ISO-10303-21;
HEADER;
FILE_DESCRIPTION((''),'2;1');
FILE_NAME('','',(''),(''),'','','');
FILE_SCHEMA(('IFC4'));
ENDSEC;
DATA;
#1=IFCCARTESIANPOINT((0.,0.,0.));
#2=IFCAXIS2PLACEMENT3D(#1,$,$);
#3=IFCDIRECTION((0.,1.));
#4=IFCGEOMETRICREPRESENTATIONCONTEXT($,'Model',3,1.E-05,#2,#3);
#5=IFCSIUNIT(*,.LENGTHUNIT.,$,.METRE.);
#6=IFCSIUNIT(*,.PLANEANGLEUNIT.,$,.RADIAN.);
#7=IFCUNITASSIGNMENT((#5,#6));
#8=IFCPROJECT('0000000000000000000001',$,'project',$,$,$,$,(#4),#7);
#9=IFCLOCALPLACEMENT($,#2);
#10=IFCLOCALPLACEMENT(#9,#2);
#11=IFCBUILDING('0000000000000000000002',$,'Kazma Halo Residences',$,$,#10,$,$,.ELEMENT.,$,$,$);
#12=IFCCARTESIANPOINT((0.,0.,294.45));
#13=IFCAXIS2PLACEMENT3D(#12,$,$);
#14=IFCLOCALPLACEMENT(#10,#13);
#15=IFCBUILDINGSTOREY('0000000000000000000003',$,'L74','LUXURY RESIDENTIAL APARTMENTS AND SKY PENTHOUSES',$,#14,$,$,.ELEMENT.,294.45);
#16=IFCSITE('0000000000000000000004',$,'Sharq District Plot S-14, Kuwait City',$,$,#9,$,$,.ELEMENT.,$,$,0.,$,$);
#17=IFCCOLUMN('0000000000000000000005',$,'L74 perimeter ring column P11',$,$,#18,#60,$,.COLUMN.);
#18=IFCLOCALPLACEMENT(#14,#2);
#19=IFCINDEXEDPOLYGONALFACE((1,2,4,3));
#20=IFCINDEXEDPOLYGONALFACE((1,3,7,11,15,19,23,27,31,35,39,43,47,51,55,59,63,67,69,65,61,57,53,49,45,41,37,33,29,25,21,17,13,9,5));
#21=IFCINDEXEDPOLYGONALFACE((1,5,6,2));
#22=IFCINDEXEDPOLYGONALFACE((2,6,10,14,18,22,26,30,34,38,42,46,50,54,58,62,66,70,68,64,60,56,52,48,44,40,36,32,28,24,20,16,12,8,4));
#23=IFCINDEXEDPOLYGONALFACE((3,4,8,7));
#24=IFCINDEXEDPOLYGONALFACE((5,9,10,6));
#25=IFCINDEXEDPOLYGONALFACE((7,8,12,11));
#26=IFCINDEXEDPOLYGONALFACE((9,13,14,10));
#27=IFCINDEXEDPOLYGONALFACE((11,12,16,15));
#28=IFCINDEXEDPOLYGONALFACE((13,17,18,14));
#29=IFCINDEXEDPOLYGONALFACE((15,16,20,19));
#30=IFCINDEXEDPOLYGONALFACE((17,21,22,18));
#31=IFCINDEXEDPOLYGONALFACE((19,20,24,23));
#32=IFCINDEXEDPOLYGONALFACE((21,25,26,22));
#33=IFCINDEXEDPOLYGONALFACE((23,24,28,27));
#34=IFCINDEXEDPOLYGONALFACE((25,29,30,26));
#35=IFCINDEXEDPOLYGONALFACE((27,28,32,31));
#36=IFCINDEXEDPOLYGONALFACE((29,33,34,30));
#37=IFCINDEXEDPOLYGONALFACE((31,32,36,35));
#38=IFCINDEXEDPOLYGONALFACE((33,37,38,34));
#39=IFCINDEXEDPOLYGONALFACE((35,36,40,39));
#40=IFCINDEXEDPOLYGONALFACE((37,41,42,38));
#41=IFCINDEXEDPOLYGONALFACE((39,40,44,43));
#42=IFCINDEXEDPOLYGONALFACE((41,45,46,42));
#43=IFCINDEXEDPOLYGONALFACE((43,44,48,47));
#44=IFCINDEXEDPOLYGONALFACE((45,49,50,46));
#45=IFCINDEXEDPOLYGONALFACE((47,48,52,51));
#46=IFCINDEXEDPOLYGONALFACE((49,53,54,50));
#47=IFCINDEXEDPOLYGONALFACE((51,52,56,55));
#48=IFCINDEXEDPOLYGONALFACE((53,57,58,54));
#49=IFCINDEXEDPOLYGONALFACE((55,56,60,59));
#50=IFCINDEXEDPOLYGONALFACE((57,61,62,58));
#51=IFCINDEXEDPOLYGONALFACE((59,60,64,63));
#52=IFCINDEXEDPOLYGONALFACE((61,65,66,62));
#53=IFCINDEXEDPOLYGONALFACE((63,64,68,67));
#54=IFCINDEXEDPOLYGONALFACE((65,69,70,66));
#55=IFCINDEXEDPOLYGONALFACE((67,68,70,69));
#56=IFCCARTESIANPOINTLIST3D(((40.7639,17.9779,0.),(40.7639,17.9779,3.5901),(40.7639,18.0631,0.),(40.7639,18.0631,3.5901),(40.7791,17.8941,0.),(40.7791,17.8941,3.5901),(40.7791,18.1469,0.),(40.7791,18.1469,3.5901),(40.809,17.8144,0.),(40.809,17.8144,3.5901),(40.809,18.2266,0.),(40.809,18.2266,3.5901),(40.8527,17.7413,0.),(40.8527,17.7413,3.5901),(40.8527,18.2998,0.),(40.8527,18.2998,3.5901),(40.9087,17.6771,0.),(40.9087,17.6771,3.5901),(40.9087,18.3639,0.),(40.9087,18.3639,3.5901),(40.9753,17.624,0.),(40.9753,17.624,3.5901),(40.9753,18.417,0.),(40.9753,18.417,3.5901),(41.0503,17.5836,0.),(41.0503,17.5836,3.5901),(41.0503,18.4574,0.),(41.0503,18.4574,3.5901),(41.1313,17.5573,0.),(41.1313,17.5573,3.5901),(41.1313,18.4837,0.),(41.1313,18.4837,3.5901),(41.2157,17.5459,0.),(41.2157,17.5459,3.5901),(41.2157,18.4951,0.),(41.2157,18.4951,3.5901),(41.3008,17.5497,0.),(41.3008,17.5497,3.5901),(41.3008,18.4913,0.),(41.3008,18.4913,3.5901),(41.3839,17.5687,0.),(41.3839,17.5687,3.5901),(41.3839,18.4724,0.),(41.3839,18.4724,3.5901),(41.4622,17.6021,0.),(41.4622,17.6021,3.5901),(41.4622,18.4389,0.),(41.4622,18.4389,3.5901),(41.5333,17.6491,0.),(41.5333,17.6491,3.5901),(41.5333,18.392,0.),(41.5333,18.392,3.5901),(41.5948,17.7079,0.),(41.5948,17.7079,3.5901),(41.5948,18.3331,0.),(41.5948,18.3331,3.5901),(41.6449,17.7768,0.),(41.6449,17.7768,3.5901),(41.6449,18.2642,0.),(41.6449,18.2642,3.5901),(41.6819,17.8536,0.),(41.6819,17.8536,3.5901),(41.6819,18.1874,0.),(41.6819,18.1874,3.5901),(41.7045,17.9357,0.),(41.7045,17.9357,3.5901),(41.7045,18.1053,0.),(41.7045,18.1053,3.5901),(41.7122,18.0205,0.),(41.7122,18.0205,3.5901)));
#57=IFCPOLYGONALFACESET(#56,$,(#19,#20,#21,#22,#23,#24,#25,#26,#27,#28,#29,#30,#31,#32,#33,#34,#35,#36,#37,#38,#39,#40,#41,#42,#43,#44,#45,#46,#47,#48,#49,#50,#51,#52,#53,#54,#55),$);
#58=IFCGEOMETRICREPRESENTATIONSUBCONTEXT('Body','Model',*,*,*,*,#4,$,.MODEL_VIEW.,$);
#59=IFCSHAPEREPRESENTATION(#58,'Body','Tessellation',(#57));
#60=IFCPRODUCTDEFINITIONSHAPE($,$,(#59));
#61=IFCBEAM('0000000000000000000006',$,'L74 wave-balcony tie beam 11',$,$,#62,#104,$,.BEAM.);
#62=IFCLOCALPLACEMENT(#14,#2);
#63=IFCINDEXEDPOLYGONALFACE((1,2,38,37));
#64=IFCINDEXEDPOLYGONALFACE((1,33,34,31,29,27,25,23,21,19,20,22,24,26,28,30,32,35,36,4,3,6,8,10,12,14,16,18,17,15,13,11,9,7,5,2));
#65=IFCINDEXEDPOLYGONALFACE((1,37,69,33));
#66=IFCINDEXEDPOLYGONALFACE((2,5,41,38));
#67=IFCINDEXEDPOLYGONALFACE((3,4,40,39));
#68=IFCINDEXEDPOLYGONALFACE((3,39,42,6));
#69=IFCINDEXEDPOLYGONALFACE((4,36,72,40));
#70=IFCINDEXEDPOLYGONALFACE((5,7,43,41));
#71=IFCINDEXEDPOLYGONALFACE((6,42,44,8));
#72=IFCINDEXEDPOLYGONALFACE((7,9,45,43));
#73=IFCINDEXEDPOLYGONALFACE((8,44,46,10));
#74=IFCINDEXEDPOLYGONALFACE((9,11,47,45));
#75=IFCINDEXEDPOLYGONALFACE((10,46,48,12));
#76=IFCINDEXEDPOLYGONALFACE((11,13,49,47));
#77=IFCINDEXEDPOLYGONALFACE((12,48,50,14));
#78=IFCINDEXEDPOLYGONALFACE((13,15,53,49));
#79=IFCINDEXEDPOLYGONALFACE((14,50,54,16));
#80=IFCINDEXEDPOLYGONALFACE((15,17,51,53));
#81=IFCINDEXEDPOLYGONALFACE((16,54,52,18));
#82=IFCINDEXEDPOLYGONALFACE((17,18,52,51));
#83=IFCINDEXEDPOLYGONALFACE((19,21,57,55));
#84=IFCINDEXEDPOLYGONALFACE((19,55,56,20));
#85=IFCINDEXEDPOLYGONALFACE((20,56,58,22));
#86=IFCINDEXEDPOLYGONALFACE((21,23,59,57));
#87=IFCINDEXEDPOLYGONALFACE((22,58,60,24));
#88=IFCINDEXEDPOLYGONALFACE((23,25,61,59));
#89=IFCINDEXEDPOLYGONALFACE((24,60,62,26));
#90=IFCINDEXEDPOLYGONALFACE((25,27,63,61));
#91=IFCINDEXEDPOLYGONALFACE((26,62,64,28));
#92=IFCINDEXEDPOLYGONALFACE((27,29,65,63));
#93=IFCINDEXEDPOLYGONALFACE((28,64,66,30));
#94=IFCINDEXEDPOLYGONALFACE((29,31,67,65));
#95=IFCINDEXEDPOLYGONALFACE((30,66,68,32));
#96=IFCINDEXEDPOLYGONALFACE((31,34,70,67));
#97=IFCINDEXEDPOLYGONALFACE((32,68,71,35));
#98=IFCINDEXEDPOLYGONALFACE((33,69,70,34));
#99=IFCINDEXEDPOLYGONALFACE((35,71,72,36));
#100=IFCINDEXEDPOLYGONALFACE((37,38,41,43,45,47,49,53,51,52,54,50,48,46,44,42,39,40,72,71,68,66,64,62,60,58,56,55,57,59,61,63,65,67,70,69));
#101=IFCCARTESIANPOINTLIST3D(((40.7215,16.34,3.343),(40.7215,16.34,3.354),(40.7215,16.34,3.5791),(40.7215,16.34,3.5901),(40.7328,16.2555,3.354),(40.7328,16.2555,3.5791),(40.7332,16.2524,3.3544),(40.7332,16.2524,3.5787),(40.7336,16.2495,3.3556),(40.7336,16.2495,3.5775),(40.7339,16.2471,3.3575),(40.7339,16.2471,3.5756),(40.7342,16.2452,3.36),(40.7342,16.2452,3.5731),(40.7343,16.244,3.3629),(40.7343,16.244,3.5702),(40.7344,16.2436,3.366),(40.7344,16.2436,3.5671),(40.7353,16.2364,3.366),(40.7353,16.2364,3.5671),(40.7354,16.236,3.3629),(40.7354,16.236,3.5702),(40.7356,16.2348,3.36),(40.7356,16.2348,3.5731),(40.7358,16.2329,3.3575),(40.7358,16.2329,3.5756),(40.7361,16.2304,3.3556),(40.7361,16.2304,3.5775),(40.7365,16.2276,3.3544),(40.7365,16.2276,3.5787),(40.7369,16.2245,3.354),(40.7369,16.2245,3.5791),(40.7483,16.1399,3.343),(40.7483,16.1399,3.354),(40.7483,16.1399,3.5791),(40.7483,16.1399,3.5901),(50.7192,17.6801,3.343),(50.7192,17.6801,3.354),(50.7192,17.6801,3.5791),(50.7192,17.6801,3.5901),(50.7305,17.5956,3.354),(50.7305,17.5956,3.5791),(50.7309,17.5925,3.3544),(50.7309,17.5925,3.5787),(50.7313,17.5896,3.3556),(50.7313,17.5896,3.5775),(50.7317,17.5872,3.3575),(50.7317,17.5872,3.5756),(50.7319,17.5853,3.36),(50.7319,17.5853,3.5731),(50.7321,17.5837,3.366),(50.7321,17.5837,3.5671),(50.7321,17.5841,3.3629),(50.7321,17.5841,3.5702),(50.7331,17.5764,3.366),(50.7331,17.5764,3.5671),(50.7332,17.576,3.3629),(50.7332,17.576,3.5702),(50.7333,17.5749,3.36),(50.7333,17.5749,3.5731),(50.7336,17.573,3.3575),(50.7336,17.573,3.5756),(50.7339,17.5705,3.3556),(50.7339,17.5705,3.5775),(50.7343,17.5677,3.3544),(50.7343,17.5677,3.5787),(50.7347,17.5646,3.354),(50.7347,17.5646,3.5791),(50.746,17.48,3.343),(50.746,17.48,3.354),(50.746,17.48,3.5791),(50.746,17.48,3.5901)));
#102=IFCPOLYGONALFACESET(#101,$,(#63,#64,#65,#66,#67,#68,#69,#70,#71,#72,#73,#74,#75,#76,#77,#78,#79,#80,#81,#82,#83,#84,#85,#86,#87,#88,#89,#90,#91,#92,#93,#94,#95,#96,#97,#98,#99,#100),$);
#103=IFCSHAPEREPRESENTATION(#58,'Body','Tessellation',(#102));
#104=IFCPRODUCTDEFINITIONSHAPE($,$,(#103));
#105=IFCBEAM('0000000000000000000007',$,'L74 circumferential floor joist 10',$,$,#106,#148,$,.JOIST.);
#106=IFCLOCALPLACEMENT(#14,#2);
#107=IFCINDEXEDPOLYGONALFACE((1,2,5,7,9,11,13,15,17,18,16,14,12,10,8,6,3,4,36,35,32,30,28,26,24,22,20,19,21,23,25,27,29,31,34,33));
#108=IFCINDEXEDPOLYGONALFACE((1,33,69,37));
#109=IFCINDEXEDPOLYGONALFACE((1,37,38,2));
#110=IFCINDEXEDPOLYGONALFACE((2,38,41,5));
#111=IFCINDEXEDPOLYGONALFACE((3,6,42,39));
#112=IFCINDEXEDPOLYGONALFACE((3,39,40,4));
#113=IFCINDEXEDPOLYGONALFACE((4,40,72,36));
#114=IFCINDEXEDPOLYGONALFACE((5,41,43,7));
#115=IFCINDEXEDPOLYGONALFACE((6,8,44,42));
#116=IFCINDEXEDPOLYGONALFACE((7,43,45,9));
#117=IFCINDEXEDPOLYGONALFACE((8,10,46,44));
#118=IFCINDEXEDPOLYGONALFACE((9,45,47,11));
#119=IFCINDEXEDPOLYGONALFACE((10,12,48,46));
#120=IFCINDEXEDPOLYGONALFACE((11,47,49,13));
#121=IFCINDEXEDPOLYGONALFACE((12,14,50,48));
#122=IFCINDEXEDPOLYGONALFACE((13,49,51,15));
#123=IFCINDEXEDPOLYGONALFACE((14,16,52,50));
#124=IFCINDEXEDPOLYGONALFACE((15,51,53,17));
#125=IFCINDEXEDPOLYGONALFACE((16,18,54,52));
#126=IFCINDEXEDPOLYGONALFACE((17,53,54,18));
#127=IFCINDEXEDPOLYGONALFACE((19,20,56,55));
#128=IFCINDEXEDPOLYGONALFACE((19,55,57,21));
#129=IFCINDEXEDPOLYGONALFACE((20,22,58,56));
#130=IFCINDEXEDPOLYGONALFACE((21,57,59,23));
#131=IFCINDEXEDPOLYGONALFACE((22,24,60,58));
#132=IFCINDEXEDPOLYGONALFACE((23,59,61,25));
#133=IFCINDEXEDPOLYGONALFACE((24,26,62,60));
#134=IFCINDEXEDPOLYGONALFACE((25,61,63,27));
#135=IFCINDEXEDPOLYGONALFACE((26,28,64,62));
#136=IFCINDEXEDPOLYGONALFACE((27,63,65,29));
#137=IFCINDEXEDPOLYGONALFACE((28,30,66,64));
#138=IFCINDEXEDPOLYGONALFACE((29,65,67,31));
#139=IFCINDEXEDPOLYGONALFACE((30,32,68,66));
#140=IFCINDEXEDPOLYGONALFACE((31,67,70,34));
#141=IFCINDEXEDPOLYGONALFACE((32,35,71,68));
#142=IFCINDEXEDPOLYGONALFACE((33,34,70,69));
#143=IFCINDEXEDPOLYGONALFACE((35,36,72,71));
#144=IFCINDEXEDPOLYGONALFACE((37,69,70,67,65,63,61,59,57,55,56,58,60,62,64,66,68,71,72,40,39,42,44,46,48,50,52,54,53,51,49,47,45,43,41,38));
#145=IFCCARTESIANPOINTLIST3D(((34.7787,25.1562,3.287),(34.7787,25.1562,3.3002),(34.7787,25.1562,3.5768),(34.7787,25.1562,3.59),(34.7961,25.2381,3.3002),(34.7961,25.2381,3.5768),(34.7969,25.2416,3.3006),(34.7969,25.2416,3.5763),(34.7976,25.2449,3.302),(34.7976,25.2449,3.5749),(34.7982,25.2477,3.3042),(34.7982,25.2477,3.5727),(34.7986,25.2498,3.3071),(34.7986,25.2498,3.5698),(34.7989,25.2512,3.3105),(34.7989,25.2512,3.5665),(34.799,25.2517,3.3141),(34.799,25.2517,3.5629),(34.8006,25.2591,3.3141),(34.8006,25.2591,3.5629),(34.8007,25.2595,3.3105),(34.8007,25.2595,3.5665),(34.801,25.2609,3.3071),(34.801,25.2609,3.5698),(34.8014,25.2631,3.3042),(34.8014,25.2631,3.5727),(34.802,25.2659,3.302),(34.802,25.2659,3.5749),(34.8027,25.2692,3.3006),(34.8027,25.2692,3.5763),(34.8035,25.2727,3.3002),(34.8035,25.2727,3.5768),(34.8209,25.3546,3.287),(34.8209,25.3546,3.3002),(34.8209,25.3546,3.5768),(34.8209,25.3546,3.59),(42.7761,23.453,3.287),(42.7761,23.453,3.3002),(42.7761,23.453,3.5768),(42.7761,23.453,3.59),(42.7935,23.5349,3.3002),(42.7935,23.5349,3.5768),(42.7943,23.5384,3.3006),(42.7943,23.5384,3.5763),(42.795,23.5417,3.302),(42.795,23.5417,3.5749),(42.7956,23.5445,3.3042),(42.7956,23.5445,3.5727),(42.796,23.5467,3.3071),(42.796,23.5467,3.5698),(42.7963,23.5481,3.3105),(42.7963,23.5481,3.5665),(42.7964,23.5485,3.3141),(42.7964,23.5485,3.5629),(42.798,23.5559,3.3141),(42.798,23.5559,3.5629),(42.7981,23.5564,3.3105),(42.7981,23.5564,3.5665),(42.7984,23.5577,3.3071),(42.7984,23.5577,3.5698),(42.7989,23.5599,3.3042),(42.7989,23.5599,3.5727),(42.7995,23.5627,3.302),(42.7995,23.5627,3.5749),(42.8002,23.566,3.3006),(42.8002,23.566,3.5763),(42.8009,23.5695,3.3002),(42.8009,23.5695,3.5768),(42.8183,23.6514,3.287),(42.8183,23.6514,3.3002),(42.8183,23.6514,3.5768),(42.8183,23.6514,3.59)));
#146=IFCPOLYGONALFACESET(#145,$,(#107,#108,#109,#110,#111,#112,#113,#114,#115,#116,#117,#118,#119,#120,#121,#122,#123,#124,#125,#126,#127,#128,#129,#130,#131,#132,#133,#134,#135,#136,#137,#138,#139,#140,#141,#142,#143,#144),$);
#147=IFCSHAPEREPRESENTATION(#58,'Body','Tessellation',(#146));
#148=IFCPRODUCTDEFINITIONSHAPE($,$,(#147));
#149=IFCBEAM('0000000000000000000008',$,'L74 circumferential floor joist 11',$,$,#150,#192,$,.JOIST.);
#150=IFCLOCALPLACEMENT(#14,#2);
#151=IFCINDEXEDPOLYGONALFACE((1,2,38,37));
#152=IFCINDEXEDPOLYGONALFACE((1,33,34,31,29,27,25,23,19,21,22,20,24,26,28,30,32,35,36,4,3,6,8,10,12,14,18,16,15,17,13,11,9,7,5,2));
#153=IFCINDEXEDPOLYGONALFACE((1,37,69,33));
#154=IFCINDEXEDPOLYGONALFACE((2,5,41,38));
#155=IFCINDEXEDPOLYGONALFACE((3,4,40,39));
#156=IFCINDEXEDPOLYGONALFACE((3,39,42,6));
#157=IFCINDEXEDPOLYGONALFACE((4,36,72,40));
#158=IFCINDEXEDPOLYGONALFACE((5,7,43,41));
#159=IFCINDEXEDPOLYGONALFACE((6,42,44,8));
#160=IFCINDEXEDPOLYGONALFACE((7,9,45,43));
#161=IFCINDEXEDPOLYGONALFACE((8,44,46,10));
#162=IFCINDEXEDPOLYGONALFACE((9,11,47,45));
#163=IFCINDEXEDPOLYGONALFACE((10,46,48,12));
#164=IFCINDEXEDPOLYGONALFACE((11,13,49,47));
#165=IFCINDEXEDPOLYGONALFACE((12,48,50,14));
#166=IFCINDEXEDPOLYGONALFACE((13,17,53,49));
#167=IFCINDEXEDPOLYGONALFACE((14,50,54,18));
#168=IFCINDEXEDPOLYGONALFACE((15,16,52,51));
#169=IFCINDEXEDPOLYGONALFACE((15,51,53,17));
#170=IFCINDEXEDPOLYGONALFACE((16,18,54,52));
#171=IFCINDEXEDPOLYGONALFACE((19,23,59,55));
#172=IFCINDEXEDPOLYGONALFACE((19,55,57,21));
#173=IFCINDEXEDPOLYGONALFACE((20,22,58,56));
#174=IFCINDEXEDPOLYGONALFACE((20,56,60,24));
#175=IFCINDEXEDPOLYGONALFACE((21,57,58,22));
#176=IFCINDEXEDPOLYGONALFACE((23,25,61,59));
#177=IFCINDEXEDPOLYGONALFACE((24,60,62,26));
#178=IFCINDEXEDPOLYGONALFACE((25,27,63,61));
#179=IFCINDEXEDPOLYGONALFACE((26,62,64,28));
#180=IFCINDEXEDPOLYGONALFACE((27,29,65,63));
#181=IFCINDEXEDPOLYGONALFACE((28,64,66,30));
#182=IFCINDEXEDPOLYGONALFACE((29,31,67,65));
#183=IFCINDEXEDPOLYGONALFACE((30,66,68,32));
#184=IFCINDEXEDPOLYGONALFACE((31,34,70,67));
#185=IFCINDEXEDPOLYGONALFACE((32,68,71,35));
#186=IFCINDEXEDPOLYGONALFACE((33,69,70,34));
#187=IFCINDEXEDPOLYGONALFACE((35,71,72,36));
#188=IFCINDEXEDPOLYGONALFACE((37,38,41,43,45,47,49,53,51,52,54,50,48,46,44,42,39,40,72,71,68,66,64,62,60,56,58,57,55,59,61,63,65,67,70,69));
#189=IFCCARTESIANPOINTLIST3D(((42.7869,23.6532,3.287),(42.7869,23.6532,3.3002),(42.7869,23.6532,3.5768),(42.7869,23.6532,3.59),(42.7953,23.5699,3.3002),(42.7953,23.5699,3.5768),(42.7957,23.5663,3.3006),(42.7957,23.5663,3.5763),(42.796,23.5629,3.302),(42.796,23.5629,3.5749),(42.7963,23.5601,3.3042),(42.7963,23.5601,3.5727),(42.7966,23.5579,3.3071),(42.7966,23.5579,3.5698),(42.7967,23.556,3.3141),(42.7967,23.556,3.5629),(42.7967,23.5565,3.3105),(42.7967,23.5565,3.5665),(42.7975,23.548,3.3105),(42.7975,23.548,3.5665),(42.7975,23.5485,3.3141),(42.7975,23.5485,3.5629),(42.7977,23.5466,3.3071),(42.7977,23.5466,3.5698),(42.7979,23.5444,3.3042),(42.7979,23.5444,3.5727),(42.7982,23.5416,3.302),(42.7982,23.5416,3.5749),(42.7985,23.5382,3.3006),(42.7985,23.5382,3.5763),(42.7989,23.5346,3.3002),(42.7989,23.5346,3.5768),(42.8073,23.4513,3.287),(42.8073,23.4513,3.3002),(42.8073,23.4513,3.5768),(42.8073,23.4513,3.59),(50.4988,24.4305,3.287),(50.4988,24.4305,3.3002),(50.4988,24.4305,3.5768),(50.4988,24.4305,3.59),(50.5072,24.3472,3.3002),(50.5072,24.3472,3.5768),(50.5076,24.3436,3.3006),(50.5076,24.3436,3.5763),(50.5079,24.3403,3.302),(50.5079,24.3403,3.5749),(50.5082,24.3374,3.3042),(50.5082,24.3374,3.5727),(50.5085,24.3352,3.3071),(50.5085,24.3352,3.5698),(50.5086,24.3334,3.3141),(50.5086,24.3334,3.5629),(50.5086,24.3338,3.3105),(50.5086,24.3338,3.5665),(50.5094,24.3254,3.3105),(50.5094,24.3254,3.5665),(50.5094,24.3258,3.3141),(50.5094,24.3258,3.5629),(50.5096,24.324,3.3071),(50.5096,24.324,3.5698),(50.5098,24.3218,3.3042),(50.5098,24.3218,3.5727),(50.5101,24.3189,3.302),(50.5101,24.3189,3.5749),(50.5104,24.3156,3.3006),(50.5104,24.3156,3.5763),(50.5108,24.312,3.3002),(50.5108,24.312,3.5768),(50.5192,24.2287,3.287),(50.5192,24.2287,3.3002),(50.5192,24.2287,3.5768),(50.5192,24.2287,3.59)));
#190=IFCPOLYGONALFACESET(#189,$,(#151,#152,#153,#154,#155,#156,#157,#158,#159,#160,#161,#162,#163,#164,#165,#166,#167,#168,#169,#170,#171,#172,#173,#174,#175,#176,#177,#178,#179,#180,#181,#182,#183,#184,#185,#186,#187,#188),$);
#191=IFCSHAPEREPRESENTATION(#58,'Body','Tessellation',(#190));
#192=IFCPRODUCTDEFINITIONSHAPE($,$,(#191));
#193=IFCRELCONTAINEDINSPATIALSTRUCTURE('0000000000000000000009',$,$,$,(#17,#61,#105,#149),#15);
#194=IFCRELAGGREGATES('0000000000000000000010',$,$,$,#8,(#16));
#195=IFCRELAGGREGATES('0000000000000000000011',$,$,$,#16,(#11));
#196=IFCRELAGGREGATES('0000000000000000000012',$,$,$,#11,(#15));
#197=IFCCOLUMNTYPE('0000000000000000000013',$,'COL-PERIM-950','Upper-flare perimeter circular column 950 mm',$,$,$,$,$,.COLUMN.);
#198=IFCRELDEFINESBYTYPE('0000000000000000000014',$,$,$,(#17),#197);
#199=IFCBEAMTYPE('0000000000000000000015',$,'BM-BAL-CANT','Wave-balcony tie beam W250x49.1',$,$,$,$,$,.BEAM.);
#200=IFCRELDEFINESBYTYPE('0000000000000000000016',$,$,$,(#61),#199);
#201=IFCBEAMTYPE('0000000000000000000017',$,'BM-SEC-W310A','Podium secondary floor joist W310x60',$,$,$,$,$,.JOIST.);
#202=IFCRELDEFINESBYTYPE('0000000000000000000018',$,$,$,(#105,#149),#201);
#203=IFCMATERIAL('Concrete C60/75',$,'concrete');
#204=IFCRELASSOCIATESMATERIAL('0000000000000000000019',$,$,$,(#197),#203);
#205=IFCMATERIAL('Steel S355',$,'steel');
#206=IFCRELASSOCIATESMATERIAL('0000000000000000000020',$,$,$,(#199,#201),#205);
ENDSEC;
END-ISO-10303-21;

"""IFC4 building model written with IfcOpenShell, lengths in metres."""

from ifc_helpers import new_model, si_unit, direction, frame, origin, origin_2d, place, context, subcontext, project, spatial, circle, i_section, extrude, material, material_profile, profile_set, type_object, element, save


model = new_model("IFC4")

# Units and contexts
model_context = context("Model", 3, precision=1e-05, world=origin(), true_north=direction((0.0, 1.0)))
body_context = subcontext(model_context, "Body", "Model", "MODEL_VIEW")
ifc_project = project(units=[si_unit("LENGTHUNIT", "METRE"), si_unit("PLANEANGLEUNIT", "RADIAN")], contexts=[model_context])

# Site, building, storey
site_placement = place(None, origin())
site = spatial("IfcSite", under=ifc_project, at=site_placement, Name="Sharq District Plot S-14, Kuwait City", CompositionType="ELEMENT", RefElevation=0.0)
building_placement = place(site_placement, origin())
building = spatial("IfcBuilding", under=site, at=building_placement, Name="Kazma Halo Residences", CompositionType="ELEMENT")
storey_placement = place(building_placement, frame((0.0, 0.0, 294.45)))
storey = spatial("IfcBuildingStorey", under=building, at=storey_placement, Name="L74", Description="LUXURY RESIDENTIAL APARTMENTS AND SKY PENTHOUSES", CompositionType="ELEMENT", Elevation=294.45)

# Column
ifc_material_1 = material(Name="Concrete C60/75", Category="concrete")
ifc_material_profile_1 = material_profile(ifc_material_1, circle(Radius=0.4751, at=origin_2d()), Name="CIRC950")
ifc_profile_set_1 = profile_set([ifc_material_profile_1], Name="Concrete C60/75")
column_type = type_object("IfcColumnType", Name="COL-PERIM-950", Description="Upper-flare perimeter circular column 950 mm", PredefinedType="COLUMN", material=ifc_profile_set_1)
column_placement = place(storey_placement, frame((41.2371, 18.0205, 0.0), z_axis=(0.0, 0.0, 1.0), x_axis=(1.0, 0.0, 0.0)))
element("IfcColumn", 1, at=column_placement, inside=storey, type_object=column_type, Name="L74 perimeter ring column P11", PredefinedType="COLUMN", context=body_context, shape_type="SweptSolid", body=[
    extrude(circle(Radius=0.4751, at=origin_2d()), origin(), (0.0, 0.0, 1.0), 3.5901),
])

# Beams
ifc_material_2 = material(Name="Steel S355", Category="steel")
ifc_material_profile_2 = material_profile(ifc_material_2, i_section(OverallWidth=0.2019, OverallDepth=0.2471, WebThickness=0.0073, FlangeThickness=0.011, FilletRadius=0.012, at=origin_2d()), Name="W250x49.1")
ifc_profile_set_2 = profile_set([ifc_material_profile_2], Name="Steel S355")
beam_type_1 = type_object("IfcBeamType", Name="BM-BAL-CANT", Description="Wave-balcony tie beam W250x49.1", PredefinedType="BEAM", material=ifc_profile_set_2)
beam_1_placement = place(storey_placement, frame((40.7349, 16.24, 3.4666), z_axis=(0.991136, 0.13285, 0.0), x_axis=(-0.13285, 0.991136, 0.0)))
element("IfcBeam", 2, at=beam_1_placement, inside=storey, type_object=beam_type_1, Name="L74 wave-balcony tie beam 11", PredefinedType="BEAM", context=body_context, shape_type="SweptSolid", body=[
    extrude(i_section(OverallWidth=0.2019, OverallDepth=0.2471, WebThickness=0.0073, FlangeThickness=0.011, FilletRadius=0.012, at=origin_2d()), origin(), (0.0, 0.0, 1.0), 10.0872),
])
ifc_material_profile_3 = material_profile(ifc_material_2, i_section(OverallWidth=0.2029, OverallDepth=0.303, WebThickness=0.0076, FlangeThickness=0.0132, FilletRadius=0.0139, at=origin_2d()), Name="W310x60")
ifc_profile_set_3 = profile_set([ifc_material_profile_3], Name="Steel S355")
beam_type_2 = type_object("IfcBeamType", Name="BM-SEC-W310A", Description="Podium secondary floor joist W310x60", PredefinedType="JOIST", material=ifc_profile_set_3)
beam_2_placement = place(storey_placement, frame((34.7998, 25.2554, 3.4385), z_axis=(0.978067, -0.208291, 0.0), x_axis=(0.208291, 0.978067, 0.0)))
element("IfcBeam", 3, at=beam_2_placement, inside=storey, type_object=beam_type_2, Name="L74 circumferential floor joist 10", PredefinedType="JOIST", context=body_context, shape_type="SweptSolid", body=[
    extrude(i_section(OverallWidth=0.2029, OverallDepth=0.303, WebThickness=0.0076, FlangeThickness=0.0132, FilletRadius=0.0139, at=origin_2d()), origin(), (0.0, 0.0, 1.0), 8.1768),
])
beam_3_placement = place(storey_placement, frame((42.7971, 23.5522, 3.4385), z_axis=(0.994958, 0.10029, 0.0), x_axis=(-0.10029, 0.994958, 0.0)))
element("IfcBeam", 4, at=beam_3_placement, inside=storey, type_object=beam_type_2, Name="L74 circumferential floor joist 11", PredefinedType="JOIST", context=body_context, shape_type="SweptSolid", body=[
    extrude(i_section(OverallWidth=0.2029, OverallDepth=0.303, WebThickness=0.0076, FlangeThickness=0.0132, FilletRadius=0.0139, at=origin_2d()), origin(), (0.0, 0.0, 1.0), 7.751),
])

save(model, "model.ifc")
